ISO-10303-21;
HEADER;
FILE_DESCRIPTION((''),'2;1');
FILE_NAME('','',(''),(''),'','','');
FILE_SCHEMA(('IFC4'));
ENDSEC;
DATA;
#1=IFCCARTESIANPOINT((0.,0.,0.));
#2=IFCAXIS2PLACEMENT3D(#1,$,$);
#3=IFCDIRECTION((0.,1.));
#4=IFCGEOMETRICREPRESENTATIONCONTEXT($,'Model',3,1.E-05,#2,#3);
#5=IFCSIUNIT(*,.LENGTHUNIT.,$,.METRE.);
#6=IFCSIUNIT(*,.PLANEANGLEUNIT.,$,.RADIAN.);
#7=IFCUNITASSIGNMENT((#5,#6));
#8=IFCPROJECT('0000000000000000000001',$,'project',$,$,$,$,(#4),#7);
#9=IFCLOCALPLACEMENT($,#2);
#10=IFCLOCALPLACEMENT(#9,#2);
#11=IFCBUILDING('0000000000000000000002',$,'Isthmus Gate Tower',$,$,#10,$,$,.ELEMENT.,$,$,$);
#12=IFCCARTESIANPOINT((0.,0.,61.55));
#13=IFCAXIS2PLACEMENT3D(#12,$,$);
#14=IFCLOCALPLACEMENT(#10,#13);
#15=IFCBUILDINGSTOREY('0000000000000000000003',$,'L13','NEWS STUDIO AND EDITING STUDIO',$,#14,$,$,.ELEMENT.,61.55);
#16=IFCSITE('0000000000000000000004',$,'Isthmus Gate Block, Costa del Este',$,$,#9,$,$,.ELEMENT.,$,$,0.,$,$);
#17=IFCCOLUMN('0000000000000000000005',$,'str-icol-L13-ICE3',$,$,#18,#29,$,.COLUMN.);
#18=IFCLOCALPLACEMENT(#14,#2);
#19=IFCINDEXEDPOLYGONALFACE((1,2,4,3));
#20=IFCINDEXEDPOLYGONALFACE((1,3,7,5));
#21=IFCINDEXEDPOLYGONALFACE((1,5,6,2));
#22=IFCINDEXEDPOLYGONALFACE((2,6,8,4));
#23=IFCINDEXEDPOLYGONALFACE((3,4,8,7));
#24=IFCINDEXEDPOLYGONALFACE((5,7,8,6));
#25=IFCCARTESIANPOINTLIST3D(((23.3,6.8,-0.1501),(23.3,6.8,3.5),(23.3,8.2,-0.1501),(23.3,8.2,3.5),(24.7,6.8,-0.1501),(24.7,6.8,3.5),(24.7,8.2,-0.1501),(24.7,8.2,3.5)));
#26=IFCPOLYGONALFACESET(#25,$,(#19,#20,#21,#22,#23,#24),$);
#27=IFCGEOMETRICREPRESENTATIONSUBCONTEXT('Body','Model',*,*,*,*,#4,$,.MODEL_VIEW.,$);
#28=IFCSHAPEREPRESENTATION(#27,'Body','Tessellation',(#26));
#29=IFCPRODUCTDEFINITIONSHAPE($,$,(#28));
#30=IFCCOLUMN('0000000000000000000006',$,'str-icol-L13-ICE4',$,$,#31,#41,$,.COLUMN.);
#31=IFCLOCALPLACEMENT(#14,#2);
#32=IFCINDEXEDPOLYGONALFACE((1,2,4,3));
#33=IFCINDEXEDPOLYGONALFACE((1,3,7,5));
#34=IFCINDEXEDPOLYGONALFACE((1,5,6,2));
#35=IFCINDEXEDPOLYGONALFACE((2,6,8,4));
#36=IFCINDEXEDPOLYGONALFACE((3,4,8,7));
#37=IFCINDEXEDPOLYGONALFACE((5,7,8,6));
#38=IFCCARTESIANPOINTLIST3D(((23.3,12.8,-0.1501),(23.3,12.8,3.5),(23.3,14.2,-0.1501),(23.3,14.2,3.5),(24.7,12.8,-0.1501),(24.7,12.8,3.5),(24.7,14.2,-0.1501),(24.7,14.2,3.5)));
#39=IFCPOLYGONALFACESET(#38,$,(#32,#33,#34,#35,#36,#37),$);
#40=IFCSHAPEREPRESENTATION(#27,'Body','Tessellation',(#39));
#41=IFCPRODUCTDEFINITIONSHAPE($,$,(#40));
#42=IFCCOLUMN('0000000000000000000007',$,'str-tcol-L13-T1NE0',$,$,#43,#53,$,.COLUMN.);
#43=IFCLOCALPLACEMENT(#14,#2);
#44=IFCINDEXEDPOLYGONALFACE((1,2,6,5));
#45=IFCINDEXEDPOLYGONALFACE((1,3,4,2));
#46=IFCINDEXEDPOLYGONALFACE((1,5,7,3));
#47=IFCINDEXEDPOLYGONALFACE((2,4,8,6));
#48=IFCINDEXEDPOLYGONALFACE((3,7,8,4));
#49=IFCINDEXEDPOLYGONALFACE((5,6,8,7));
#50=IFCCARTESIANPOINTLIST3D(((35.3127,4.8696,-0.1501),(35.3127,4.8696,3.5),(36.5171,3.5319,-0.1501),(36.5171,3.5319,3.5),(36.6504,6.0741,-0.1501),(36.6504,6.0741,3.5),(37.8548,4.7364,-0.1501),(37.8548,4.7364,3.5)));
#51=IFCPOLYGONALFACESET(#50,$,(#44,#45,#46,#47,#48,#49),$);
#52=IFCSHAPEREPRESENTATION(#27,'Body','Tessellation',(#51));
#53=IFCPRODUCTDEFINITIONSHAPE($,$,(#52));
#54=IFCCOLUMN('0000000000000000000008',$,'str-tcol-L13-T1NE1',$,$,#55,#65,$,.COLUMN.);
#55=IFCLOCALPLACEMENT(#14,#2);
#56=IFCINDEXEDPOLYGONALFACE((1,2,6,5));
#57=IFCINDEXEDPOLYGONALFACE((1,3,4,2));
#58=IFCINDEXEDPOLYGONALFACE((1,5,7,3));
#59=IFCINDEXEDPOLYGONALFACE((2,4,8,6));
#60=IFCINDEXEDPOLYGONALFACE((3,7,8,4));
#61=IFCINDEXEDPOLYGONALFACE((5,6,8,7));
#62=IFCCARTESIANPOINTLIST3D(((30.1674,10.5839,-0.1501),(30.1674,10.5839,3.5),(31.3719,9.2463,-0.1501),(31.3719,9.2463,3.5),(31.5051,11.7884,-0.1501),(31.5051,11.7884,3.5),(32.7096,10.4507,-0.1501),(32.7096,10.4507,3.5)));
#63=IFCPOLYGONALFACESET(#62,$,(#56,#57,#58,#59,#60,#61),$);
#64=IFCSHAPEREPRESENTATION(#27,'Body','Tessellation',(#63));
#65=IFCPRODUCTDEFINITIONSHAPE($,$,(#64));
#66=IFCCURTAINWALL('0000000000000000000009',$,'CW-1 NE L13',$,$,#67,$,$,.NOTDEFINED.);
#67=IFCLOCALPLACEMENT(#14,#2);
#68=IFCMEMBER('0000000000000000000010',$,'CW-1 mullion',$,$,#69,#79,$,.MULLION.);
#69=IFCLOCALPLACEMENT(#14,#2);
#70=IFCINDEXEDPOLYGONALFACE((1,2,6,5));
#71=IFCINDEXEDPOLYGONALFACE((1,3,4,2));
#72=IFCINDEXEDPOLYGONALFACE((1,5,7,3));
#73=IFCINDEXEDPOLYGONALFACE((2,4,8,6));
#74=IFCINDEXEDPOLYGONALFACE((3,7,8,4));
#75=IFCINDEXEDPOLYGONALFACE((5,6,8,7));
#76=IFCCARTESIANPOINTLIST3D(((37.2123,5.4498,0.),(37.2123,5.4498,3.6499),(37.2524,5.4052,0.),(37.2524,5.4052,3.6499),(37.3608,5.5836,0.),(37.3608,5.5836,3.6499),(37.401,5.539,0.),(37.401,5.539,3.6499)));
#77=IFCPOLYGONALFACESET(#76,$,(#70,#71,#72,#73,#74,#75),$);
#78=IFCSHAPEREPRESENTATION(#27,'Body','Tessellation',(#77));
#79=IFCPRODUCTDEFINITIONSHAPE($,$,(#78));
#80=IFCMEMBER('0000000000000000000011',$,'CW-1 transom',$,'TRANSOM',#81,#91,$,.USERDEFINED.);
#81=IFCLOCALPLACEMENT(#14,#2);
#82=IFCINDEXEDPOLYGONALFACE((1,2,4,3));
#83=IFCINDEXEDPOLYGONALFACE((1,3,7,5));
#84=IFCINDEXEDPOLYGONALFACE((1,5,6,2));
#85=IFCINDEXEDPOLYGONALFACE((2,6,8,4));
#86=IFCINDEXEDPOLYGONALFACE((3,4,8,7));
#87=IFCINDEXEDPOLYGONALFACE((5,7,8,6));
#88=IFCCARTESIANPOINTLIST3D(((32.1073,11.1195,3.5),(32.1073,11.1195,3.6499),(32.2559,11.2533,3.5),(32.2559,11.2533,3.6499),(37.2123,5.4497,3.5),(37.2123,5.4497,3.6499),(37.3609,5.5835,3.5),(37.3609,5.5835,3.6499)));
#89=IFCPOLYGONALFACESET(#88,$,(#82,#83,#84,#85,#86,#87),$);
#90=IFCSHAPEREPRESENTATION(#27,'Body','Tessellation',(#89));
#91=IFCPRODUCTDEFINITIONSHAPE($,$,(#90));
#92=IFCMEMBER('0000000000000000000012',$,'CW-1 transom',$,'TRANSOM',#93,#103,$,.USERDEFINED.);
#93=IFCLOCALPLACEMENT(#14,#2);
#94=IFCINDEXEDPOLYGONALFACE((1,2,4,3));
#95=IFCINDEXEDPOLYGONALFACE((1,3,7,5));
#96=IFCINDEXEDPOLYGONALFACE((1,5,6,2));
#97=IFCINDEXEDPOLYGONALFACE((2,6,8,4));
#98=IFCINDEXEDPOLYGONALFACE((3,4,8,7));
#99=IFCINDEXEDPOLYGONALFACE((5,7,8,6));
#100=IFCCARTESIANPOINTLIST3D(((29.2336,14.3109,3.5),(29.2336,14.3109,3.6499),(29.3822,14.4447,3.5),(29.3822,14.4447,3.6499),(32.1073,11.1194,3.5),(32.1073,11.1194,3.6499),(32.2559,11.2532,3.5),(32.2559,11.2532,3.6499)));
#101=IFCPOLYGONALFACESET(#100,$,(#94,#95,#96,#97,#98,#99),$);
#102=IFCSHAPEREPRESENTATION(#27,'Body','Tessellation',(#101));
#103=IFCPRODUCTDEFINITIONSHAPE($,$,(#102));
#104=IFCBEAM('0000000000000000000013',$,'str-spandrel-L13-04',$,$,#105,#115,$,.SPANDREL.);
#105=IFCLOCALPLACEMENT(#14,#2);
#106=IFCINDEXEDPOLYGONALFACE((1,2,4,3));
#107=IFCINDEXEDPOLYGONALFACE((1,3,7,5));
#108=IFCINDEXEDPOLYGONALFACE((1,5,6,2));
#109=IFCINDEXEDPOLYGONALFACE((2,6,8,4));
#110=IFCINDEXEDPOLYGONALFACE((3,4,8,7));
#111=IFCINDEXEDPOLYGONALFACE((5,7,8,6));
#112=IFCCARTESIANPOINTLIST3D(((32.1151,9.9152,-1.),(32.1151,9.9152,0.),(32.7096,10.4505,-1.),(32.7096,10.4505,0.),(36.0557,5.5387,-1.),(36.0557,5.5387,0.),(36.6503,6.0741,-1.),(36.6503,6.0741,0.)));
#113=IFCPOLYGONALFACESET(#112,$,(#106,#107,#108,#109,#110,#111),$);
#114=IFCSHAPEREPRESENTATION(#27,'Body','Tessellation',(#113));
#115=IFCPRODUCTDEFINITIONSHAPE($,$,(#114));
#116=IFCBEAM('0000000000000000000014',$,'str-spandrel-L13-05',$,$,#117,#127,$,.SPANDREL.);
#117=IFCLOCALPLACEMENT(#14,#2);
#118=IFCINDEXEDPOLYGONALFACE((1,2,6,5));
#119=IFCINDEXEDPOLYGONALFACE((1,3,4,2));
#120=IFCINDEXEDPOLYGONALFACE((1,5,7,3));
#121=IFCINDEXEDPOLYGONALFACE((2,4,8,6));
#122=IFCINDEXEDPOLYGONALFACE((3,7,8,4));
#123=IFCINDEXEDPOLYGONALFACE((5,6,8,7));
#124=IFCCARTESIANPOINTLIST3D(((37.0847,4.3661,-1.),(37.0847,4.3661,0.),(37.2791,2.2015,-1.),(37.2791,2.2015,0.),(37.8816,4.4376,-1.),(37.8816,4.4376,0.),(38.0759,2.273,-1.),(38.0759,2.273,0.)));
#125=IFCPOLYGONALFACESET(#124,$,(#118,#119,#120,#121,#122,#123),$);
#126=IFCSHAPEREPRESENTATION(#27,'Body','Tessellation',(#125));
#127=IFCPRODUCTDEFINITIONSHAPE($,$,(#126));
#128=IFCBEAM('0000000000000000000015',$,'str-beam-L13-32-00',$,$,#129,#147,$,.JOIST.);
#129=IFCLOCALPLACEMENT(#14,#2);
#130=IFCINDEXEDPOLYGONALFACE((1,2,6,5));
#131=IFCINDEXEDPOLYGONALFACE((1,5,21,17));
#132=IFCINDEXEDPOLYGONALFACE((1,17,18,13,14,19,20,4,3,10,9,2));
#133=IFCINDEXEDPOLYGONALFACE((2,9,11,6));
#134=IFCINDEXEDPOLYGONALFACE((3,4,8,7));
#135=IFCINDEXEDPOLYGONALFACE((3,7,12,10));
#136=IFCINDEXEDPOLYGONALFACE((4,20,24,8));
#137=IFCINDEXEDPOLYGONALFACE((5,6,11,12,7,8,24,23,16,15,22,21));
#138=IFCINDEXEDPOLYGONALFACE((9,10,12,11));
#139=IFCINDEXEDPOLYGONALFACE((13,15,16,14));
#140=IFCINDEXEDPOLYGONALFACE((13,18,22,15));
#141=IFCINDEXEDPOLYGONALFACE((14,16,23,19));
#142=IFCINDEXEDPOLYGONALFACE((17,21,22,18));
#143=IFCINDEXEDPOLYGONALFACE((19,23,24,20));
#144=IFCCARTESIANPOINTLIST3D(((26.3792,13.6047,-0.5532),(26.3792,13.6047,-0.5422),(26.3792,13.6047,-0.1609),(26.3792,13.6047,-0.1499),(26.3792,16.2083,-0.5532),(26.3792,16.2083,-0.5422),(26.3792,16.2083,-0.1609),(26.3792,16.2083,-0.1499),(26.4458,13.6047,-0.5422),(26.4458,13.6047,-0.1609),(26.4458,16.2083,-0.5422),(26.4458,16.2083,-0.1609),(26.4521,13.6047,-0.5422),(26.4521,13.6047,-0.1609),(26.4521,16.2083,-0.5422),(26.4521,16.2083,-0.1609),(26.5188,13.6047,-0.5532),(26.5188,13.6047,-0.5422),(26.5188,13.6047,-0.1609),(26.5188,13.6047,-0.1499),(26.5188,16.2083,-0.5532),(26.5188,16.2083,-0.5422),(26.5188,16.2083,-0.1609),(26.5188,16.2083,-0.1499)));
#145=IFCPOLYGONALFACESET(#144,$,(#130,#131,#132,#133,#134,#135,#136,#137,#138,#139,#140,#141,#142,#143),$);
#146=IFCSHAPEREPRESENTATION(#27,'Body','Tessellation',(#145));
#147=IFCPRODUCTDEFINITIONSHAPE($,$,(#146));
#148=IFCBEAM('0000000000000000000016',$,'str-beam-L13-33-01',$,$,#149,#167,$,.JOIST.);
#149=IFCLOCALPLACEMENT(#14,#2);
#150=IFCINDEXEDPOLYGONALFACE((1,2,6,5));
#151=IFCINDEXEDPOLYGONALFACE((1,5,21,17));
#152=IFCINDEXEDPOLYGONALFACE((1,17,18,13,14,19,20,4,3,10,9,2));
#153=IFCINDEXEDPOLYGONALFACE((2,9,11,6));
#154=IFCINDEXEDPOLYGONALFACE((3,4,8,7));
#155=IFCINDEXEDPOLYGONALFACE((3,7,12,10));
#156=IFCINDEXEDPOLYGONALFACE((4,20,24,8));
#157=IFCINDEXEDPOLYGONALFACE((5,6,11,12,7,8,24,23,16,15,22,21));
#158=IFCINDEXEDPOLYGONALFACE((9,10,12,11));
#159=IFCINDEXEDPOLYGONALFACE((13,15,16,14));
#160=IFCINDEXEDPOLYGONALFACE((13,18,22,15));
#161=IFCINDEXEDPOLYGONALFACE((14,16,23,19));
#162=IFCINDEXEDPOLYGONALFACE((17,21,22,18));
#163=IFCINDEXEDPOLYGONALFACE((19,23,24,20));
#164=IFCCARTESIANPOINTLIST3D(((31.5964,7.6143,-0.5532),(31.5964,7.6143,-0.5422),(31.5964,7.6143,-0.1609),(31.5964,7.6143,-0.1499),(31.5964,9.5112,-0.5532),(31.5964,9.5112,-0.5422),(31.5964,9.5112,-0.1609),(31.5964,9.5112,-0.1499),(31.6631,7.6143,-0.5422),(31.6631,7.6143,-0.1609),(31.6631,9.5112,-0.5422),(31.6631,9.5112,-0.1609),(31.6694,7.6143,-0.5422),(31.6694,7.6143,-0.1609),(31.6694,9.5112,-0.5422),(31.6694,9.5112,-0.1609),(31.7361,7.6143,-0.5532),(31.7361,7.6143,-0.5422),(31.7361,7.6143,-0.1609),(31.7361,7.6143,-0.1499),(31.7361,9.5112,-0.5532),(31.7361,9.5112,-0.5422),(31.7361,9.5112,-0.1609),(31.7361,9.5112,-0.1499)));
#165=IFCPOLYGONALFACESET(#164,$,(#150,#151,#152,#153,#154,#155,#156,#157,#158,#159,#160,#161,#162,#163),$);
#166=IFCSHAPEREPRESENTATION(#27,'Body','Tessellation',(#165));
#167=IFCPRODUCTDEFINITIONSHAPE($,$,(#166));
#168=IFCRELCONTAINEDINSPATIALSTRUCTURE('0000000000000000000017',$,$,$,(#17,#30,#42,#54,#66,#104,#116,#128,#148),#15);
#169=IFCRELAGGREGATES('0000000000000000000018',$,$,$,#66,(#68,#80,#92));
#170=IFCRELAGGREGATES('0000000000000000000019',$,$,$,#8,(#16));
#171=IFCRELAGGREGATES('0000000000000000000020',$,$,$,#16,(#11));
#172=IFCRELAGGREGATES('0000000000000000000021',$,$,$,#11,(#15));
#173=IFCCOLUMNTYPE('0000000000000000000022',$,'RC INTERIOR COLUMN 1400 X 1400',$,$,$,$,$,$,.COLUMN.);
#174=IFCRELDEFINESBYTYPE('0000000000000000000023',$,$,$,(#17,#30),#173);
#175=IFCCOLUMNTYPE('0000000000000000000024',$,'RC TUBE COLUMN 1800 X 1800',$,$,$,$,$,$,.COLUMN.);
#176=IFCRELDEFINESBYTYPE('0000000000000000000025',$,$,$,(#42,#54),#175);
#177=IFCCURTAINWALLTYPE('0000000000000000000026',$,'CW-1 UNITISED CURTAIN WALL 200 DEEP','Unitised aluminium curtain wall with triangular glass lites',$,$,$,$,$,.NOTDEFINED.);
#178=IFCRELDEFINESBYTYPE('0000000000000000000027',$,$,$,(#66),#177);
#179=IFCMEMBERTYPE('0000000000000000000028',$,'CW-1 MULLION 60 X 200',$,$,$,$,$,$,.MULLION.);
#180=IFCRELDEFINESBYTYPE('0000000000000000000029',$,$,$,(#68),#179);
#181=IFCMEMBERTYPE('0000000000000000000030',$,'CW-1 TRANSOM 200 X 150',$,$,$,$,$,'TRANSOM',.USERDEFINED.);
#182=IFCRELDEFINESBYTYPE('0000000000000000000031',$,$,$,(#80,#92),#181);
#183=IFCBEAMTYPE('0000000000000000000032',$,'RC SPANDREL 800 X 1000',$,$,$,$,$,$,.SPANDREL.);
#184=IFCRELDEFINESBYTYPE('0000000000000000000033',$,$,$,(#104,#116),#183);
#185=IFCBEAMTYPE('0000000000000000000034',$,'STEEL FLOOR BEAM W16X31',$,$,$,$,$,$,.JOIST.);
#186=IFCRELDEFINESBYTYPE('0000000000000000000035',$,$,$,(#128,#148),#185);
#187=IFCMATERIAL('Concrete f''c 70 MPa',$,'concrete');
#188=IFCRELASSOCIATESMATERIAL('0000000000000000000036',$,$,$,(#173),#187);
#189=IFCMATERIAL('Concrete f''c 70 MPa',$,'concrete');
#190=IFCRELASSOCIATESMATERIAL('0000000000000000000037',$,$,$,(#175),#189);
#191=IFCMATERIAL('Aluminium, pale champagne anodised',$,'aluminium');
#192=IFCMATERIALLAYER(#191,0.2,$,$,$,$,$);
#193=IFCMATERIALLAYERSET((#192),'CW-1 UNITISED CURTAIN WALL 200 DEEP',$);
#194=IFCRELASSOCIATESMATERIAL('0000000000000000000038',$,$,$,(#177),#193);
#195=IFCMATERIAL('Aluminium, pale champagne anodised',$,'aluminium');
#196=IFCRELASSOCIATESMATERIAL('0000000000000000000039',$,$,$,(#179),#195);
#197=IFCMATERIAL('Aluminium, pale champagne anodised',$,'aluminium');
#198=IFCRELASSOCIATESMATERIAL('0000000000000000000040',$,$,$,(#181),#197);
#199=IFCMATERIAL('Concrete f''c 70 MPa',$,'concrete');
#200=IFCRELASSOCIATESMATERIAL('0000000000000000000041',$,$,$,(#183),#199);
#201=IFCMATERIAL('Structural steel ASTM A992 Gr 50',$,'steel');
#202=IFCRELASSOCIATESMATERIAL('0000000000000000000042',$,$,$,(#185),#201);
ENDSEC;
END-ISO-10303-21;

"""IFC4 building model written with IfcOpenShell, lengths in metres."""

from ifc_helpers import new_model, si_unit, direction, frame, origin, origin_2d, place, context, subcontext, project, spatial, rectangle, i_section, extrude, material, layer, layer_set, material_profile, profile_set, type_object, element, aggregate, save


model = new_model("IFC4")

# Units and contexts
model_context = context("Model", 3, precision=1e-05, world=origin(), true_north=direction((0.0, 1.0)))
body_context = subcontext(model_context, "Body", "Model", "MODEL_VIEW")
ifc_project = project(units=[si_unit("LENGTHUNIT", "METRE"), si_unit("PLANEANGLEUNIT", "RADIAN")], contexts=[model_context])

# Site, building, storey
site_placement = place(None, origin())
site = spatial("IfcSite", under=ifc_project, at=site_placement, Name="Isthmus Gate Block, Costa del Este", CompositionType="ELEMENT", RefElevation=0.0)
building_placement = place(site_placement, origin())
building = spatial("IfcBuilding", under=site, at=building_placement, Name="Isthmus Gate Tower", CompositionType="ELEMENT")
storey_placement = place(building_placement, frame((0.0, 0.0, 61.55)))
storey = spatial("IfcBuildingStorey", under=building, at=storey_placement, Name="L13", Description="NEWS STUDIO AND EDITING STUDIO", CompositionType="ELEMENT", Elevation=61.55)

# Columns
ifc_material_1 = material(Name="Concrete f'c 70 MPa", Category="concrete")
ifc_material_profile_1 = material_profile(ifc_material_1, rectangle(XDim=1.3999, YDim=1.3999, at=origin_2d()), Name="RC 1400X1400")
ifc_profile_set_1 = profile_set([ifc_material_profile_1], Name="Concrete f'c 70 MPa")
column_type_1 = type_object("IfcColumnType", Name="RC INTERIOR COLUMN 1400 X 1400", PredefinedType="COLUMN", material=ifc_profile_set_1)
for number, where, z_axis, x_axis, name in (
    (1, (24.0, 7.5, -0.1501), (0.0, 0.0, 1.0), (1.0, 0.0, 0.0), "str-icol-L13-ICE3"),
    (2, (24.0, 13.5, -0.1501), (0.0, 0.0, 1.0), (1.0, 0.0, 0.0), "str-icol-L13-ICE4"),
):
    element("IfcColumn", number, at=place(storey_placement, frame(where, z_axis=z_axis, x_axis=x_axis)), inside=storey, type_object=column_type_1, Name=name, PredefinedType="COLUMN", context=body_context, shape_type="SweptSolid", body=[
        extrude(rectangle(XDim=1.3999, YDim=1.3999, at=origin_2d()), origin(), (0.0, 0.0, 1.0), 3.6501),
    ])
ifc_material_2 = material(Name="Concrete f'c 70 MPa", Category="concrete")
ifc_material_profile_2 = material_profile(ifc_material_2, rectangle(XDim=1.8, YDim=1.8, at=origin_2d()), Name="RC 1800X1800")
ifc_profile_set_2 = profile_set([ifc_material_profile_2], Name="Concrete f'c 70 MPa")
column_type_2 = type_object("IfcColumnType", Name="RC TUBE COLUMN 1800 X 1800", PredefinedType="COLUMN", material=ifc_profile_set_2)
for number, where, z_axis, x_axis, name in (
    (3, (36.5837, 4.803, -0.1501), (0.0, 0.0, 1.0), (-0.669131, 0.743145, 0.0), "str-tcol-L13-T1NE0"),
    (4, (31.4385, 10.5173, -0.1501), (0.0, 0.0, 1.0), (-0.669131, 0.743145, 0.0), "str-tcol-L13-T1NE1"),
):
    element("IfcColumn", number, at=place(storey_placement, frame(where, z_axis=z_axis, x_axis=x_axis)), inside=storey, type_object=column_type_2, Name=name, PredefinedType="COLUMN", context=body_context, shape_type="SweptSolid", body=[
        extrude(rectangle(XDim=1.8, YDim=1.8, at=origin_2d()), origin(), (0.0, 0.0, 1.0), 3.6501),
    ])

# Curtain wall, members
ifc_material_3 = material(Name="Aluminium, pale champagne anodised", Category="aluminium")
ifc_layer_1 = layer(ifc_material_3, 0.2)
ifc_layer_set_1 = layer_set([ifc_layer_1], Name="CW-1 UNITISED CURTAIN WALL 200 DEEP")
curtain_wall_type = type_object("IfcCurtainWallType", Name="CW-1 UNITISED CURTAIN WALL 200 DEEP", Description="Unitised aluminium curtain wall with triangular glass lites", PredefinedType="NOTDEFINED", material=ifc_layer_set_1)
curtain_wall_1_placement = place(storey_placement, origin())
curtain_wall_1 = element("IfcCurtainWall", 5, at=curtain_wall_1_placement, inside=storey, type_object=curtain_wall_type, Name="CW-1 NE L13", PredefinedType="NOTDEFINED")
ifc_material_4 = material(Name="Aluminium, pale champagne anodised", Category="aluminium")
ifc_material_profile_3 = material_profile(ifc_material_4, rectangle(XDim=0.0601, YDim=0.2, at=origin_2d()), Name="60x200")
ifc_profile_set_3 = profile_set([ifc_material_profile_3], Name="Aluminium, pale champagne anodised")
member_type_1 = type_object("IfcMemberType", Name="CW-1 MULLION 60 X 200", PredefinedType="MULLION", material=ifc_profile_set_3)
member_1_placement = place(storey_placement, frame((37.3066, 5.4944, 0.0), z_axis=(0.0, 0.0, 1.0), x_axis=(-0.669131, 0.743145, 0.0)))
member_1 = element("IfcMember", 6, at=member_1_placement, type_object=member_type_1, Name="CW-1 mullion", PredefinedType="MULLION", context=body_context, shape_type="SweptSolid", body=[
    extrude(rectangle(XDim=0.0601, YDim=0.2, at=origin_2d()), origin(), (0.0, 0.0, 1.0), 3.6499),
])
ifc_material_5 = material(Name="Aluminium, pale champagne anodised", Category="aluminium")
ifc_material_profile_4 = material_profile(ifc_material_5, rectangle(XDim=0.2, YDim=0.1499, at=origin_2d()), Name="200x150")
ifc_profile_set_4 = profile_set([ifc_material_profile_4], Name="Aluminium, pale champagne anodised")
member_type_2 = type_object("IfcMemberType", Name="CW-1 TRANSOM 200 X 150", ElementType="TRANSOM", PredefinedType="USERDEFINED", material=ifc_profile_set_4)
member_2_placement = place(storey_placement, frame((37.2866, 5.5166, 3.575), z_axis=(-0.669129, 0.743146, 0.0), x_axis=(-0.743146, -0.669129, 0.0)))
member_2 = element("IfcMember", 7, at=member_2_placement, type_object=member_type_2, Name="CW-1 transom", ObjectType="TRANSOM", PredefinedType="USERDEFINED", context=body_context, shape_type="SweptSolid", body=[
    extrude(rectangle(XDim=0.2, YDim=0.1499, at=origin_2d()), origin(), (0.0, 0.0, 1.0), 7.6294),
])
member_3_placement = place(storey_placement, frame((32.1816, 11.1863, 3.575), z_axis=(-0.669131, 0.743144, 0.0), x_axis=(-0.743144, -0.669131, 0.0)))
member_3 = element("IfcMember", 8, at=member_3_placement, type_object=member_type_2, Name="CW-1 transom", ObjectType="TRANSOM", PredefinedType="USERDEFINED", context=body_context, shape_type="SweptSolid", body=[
    extrude(rectangle(XDim=0.2, YDim=0.1499, at=origin_2d()), origin(), (0.0, 0.0, 1.0), 4.2947),
])

# Beams
ifc_material_6 = material(Name="Concrete f'c 70 MPa", Category="concrete")
ifc_material_profile_5 = material_profile(ifc_material_6, rectangle(XDim=0.8, YDim=1.0, at=origin_2d()), Name="RC 800X1000")
ifc_profile_set_5 = profile_set([ifc_material_profile_5], Name="Concrete f'c 70 MPa")
beam_type_1 = type_object("IfcBeamType", Name="RC SPANDREL 800 X 1000", PredefinedType="SPANDREL", material=ifc_profile_set_5)
beam_1_placement = place(storey_placement, frame((32.4124, 10.1829, -0.5), z_axis=(0.669139, -0.743137, 0.0), x_axis=(0.743137, 0.669139, 0.0)))
element("IfcBeam", 9, at=beam_1_placement, inside=storey, type_object=beam_type_1, Name="str-spandrel-L13-04", PredefinedType="SPANDREL", context=body_context, shape_type="SweptSolid", body=[
    extrude(rectangle(XDim=0.8, YDim=1.0, at=origin_2d()), origin(), (0.0, 0.0, 1.0), 5.8892),
])
beam_2_placement = place(storey_placement, frame((37.4832, 4.4019, -0.5), z_axis=(0.089422, -0.995994, 0.0), x_axis=(0.995994, 0.089422, 0.0)))
element("IfcBeam", 10, at=beam_2_placement, inside=storey, type_object=beam_type_1, Name="str-spandrel-L13-05", PredefinedType="SPANDREL", context=body_context, shape_type="SweptSolid", body=[
    extrude(rectangle(XDim=0.8, YDim=1.0, at=origin_2d()), origin(), (0.0, 0.0, 1.0), 2.1733),
])
ifc_material_7 = material(Name="Structural steel ASTM A992 Gr 50", Category="steel")
ifc_material_profile_6 = material_profile(ifc_material_7, i_section(OverallWidth=0.1396, OverallDepth=0.4033, WebThickness=0.0063, FlangeThickness=0.011, at=origin_2d()), Name="W16X31")
ifc_profile_set_6 = profile_set([ifc_material_profile_6], Name="Structural steel ASTM A992 Gr 50")
beam_type_2 = type_object("IfcBeamType", Name="STEEL FLOOR BEAM W16X31", PredefinedType="JOIST", material=ifc_profile_set_6)
beam_3_placement = place(storey_placement, frame((26.449, 13.6047, -0.3516), z_axis=(0.0, 1.0, 0.0), x_axis=(-1.0, 0.0, 0.0)))
element("IfcBeam", 11, at=beam_3_placement, inside=storey, type_object=beam_type_2, Name="str-beam-L13-32-00", PredefinedType="JOIST", context=body_context, shape_type="SweptSolid", body=[
    extrude(i_section(OverallWidth=0.1396, OverallDepth=0.4033, WebThickness=0.0063, FlangeThickness=0.011, at=origin_2d()), origin(), (0.0, 0.0, 1.0), 2.6035),
])
beam_4_placement = place(storey_placement, frame((31.6663, 7.6143, -0.3516), z_axis=(0.0, 1.0, 0.0), x_axis=(-1.0, 0.0, 0.0)))
element("IfcBeam", 12, at=beam_4_placement, inside=storey, type_object=beam_type_2, Name="str-beam-L13-33-01", PredefinedType="JOIST", context=body_context, shape_type="SweptSolid", body=[
    extrude(i_section(OverallWidth=0.1396, OverallDepth=0.4033, WebThickness=0.0063, FlangeThickness=0.011, at=origin_2d()), origin(), (0.0, 0.0, 1.0), 1.897),
])

aggregate(curtain_wall_1, [member_1, member_2, member_3])

save(model, "model.ifc")
